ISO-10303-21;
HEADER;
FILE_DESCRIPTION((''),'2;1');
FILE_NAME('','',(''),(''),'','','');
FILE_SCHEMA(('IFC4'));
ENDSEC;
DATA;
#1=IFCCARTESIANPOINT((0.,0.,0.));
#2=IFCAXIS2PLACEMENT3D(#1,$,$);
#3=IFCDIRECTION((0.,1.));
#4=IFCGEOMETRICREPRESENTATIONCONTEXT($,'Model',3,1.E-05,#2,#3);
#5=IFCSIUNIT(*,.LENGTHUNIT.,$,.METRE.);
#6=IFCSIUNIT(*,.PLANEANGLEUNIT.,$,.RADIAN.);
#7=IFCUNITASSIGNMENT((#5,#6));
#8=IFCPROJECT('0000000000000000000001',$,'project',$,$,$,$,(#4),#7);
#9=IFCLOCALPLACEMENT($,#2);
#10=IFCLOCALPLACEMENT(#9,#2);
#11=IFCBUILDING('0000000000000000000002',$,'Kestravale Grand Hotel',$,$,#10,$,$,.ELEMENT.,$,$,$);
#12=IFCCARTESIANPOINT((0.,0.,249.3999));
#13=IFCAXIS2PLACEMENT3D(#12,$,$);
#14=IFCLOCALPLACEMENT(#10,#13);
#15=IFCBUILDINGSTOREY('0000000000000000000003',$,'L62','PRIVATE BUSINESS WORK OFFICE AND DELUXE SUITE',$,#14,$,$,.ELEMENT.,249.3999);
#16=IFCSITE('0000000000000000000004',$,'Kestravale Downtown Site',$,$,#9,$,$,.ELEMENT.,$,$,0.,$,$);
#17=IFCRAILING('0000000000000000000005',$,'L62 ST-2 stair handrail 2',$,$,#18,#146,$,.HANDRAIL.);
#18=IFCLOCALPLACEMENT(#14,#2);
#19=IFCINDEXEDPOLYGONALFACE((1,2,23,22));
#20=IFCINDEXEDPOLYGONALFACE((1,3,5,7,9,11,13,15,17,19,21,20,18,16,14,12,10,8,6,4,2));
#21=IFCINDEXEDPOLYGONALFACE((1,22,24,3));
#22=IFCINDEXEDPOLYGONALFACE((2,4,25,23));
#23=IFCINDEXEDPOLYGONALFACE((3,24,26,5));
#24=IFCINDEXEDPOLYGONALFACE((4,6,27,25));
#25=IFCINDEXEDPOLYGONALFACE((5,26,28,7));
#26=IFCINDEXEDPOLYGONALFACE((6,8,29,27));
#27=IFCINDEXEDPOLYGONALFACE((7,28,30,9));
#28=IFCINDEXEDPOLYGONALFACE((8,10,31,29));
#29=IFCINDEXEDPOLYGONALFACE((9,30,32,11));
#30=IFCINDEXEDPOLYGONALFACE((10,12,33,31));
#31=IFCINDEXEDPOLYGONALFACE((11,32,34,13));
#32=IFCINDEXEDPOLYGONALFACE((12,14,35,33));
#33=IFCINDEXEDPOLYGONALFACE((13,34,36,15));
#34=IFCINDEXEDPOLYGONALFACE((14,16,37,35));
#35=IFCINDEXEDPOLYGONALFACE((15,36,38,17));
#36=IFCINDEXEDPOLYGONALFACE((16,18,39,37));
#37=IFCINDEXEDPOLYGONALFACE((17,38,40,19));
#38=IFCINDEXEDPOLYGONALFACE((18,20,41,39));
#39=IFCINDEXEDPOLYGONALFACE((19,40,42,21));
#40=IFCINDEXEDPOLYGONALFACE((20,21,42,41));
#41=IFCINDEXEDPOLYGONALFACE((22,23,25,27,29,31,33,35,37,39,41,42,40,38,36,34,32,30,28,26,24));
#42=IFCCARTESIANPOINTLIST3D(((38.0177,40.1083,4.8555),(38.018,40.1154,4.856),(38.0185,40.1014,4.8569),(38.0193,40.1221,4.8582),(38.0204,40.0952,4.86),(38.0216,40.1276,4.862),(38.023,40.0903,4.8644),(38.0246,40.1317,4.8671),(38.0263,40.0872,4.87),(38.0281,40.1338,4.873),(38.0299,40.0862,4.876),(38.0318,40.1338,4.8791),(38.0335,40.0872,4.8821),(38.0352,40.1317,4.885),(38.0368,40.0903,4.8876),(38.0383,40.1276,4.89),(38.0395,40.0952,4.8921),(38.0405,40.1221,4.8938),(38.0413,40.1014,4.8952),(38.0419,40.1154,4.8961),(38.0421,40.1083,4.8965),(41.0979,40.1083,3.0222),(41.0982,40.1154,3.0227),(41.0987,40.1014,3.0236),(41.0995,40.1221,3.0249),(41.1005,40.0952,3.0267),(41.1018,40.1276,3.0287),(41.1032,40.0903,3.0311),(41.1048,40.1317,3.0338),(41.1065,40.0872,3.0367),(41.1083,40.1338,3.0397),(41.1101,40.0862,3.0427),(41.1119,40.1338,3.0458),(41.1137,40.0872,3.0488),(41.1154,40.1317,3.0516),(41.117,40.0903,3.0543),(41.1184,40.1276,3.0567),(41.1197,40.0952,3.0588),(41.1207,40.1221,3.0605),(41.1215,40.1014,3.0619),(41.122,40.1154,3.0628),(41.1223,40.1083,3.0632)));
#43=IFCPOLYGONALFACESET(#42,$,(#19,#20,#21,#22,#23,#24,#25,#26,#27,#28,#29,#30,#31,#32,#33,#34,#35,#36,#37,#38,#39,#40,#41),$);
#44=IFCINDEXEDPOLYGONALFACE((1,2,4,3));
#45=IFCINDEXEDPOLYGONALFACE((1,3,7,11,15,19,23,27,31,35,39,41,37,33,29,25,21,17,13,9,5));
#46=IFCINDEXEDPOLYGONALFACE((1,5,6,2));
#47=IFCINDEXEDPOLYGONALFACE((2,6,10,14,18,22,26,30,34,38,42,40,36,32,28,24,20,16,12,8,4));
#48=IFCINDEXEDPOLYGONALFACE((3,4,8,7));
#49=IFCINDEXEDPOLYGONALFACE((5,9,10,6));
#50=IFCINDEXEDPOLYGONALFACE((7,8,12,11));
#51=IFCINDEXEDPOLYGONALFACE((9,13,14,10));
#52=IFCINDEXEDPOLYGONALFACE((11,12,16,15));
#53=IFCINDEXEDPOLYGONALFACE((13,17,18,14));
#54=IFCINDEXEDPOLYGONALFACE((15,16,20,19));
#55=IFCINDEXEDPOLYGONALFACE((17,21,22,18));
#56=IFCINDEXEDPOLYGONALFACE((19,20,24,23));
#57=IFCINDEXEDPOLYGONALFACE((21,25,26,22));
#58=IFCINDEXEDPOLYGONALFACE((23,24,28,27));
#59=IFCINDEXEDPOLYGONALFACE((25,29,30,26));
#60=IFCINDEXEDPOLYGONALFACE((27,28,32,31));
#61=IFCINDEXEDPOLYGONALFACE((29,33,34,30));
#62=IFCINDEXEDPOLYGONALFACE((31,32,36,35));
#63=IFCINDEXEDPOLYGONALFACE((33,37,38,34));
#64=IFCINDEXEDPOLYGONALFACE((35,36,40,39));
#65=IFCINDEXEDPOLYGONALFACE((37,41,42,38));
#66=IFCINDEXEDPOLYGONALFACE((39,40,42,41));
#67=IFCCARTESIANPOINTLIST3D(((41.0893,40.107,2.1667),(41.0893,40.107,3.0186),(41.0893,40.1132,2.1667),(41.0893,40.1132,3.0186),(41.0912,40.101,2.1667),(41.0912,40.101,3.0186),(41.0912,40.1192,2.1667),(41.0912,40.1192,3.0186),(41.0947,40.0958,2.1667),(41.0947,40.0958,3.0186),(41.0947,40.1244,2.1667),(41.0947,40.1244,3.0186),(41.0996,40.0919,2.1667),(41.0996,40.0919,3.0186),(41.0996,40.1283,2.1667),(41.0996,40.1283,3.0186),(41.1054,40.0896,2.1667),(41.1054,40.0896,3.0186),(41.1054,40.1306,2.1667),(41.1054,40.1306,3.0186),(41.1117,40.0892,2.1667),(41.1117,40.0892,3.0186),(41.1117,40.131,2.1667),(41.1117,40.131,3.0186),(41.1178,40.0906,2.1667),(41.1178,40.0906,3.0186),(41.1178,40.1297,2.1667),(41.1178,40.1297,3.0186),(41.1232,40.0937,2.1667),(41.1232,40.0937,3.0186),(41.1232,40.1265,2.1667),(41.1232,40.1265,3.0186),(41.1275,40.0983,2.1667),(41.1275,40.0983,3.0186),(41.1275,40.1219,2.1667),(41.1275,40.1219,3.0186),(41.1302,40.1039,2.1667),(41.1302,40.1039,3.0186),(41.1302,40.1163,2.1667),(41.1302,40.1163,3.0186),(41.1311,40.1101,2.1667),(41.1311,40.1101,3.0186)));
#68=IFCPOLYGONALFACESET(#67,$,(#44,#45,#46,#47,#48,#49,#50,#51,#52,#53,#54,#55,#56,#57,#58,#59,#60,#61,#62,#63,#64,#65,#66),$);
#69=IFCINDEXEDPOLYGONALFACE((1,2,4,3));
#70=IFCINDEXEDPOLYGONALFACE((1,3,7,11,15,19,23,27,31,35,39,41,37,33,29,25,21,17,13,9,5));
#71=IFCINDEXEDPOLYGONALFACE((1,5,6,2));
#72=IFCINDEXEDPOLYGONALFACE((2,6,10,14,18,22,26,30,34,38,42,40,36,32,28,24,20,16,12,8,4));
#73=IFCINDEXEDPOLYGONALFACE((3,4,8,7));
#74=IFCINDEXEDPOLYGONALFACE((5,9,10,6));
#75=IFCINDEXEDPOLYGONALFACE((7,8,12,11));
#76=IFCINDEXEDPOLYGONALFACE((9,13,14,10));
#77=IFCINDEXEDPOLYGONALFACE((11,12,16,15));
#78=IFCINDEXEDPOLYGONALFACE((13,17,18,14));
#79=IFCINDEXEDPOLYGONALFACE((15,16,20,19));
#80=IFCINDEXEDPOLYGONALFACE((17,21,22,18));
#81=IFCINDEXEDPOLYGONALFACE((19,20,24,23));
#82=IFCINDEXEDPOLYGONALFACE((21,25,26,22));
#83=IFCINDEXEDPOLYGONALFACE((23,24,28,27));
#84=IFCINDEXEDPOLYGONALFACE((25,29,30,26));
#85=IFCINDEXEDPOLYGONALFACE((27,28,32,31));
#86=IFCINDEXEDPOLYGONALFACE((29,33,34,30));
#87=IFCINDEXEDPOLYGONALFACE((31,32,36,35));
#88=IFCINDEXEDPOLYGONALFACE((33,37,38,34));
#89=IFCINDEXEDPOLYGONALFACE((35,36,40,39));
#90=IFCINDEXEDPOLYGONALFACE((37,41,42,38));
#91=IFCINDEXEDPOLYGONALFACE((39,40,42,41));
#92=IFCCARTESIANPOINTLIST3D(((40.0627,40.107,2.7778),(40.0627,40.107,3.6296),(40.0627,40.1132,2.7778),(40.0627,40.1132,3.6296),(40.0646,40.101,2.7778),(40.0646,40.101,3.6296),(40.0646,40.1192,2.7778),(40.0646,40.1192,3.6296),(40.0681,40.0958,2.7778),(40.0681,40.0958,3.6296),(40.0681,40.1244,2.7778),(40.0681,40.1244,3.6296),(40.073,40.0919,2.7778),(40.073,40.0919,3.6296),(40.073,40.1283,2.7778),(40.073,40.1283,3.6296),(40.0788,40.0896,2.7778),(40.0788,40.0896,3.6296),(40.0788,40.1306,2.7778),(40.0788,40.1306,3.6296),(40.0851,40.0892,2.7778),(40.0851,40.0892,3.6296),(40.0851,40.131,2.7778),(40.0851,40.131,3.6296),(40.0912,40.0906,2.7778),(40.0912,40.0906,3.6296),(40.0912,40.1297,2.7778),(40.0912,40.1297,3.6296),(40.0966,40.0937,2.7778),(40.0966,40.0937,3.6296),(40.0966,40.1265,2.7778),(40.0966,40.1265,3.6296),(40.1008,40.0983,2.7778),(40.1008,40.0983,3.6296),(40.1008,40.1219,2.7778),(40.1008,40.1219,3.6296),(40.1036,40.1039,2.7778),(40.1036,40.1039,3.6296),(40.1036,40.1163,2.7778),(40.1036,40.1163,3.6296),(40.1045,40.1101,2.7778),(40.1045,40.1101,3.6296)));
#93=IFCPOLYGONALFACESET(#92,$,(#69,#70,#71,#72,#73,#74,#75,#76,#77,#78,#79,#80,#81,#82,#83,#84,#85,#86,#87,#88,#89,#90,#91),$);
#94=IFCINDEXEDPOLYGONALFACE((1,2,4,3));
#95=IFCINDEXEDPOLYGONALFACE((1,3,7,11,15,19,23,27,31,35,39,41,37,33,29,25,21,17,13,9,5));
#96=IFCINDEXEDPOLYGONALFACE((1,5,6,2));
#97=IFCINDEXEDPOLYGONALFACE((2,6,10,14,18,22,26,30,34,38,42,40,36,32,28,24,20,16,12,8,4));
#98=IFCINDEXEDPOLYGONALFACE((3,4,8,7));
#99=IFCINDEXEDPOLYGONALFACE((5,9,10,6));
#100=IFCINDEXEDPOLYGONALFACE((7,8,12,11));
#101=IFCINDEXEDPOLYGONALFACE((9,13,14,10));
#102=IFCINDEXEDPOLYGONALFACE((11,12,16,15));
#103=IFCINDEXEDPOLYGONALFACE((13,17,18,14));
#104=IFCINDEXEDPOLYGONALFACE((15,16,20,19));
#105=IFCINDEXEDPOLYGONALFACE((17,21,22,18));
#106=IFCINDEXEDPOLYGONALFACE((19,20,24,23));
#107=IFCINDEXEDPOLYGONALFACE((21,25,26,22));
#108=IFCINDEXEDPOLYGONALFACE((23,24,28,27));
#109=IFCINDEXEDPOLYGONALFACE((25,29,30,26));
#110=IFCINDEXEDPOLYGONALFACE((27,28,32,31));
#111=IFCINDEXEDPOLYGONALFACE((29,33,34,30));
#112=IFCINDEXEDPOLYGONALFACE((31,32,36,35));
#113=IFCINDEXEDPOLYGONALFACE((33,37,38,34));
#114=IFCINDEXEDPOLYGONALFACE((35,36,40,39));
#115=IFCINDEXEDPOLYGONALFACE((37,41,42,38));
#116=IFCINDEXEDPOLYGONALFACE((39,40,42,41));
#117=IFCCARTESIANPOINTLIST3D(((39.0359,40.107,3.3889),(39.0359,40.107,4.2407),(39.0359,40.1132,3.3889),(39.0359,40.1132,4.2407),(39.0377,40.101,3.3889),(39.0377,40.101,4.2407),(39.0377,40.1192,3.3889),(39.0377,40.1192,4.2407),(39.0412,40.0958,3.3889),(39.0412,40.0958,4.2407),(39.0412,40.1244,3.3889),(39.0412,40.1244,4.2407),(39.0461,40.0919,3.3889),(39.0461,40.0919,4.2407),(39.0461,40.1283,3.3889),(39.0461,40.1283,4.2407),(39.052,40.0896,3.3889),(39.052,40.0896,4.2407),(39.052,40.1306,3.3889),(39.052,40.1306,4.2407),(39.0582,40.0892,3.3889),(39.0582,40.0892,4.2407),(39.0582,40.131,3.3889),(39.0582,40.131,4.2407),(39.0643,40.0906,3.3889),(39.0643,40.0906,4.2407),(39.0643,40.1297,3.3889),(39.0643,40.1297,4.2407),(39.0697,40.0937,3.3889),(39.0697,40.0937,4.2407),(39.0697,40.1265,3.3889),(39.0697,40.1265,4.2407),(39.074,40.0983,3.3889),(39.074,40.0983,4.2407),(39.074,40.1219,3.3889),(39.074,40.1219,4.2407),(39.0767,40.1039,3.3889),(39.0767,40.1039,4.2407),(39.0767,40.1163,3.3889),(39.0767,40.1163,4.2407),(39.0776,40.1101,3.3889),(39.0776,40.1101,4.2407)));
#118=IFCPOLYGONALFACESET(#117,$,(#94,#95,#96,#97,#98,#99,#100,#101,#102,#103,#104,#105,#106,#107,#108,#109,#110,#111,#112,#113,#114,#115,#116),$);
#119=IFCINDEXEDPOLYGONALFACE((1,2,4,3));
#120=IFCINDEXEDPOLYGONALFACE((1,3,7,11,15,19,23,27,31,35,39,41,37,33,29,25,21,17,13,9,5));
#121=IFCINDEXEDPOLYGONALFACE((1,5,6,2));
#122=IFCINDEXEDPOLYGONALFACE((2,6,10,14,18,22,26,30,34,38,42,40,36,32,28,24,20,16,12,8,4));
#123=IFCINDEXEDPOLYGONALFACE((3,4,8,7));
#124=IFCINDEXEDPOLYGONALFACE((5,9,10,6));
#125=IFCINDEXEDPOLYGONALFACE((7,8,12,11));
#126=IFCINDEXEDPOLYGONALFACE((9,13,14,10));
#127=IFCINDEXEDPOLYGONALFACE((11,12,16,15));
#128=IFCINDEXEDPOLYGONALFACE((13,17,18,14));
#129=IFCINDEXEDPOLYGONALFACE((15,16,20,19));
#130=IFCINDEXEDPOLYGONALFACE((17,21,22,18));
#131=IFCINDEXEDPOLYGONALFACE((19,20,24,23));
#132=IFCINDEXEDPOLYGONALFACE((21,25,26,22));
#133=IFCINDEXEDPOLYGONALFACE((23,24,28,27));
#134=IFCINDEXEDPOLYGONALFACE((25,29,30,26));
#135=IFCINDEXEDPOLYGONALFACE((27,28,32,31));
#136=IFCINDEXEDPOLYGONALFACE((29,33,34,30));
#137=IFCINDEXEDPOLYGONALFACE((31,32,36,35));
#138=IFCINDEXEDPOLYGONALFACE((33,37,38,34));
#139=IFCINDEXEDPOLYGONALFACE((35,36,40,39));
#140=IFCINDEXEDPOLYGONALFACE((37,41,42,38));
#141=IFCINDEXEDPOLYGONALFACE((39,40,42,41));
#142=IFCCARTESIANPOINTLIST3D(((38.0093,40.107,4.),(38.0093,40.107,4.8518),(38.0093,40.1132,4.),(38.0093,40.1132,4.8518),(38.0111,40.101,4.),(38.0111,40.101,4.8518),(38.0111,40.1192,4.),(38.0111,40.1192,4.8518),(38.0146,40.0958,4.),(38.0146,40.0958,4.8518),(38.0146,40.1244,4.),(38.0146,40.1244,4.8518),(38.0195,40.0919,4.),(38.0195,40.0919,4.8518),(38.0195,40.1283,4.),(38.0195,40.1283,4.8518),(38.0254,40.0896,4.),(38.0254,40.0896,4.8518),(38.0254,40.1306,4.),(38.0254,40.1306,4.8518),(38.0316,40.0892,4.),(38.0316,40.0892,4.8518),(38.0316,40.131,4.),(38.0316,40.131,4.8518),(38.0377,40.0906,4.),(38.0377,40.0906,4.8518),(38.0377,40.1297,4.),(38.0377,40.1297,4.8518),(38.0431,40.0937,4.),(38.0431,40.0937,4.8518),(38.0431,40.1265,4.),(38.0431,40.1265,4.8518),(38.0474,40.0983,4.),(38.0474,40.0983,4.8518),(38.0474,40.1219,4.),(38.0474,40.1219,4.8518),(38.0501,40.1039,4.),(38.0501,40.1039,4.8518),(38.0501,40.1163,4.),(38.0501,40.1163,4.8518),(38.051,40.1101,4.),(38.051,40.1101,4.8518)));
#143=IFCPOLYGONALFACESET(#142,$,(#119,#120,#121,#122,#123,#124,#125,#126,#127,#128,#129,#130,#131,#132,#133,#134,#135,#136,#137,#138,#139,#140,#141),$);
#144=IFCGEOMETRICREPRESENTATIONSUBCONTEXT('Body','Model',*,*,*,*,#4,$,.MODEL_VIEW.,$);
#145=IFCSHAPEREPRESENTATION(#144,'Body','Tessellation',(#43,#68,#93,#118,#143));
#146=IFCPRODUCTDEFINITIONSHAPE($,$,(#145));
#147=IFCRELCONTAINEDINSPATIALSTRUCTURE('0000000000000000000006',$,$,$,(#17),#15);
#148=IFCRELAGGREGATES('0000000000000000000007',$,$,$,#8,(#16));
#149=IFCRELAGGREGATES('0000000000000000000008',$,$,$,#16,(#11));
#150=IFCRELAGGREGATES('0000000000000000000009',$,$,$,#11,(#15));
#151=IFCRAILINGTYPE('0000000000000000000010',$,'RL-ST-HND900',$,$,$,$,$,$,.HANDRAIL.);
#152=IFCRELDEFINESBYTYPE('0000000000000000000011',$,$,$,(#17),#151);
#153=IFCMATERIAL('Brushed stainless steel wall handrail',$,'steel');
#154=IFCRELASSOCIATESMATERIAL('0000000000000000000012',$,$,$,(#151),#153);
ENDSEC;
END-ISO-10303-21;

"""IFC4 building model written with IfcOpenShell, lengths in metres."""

from ifc_helpers import new_model, si_unit, direction, frame, origin, origin_2d, place, context, subcontext, project, spatial, circle, extrude, material, type_object, element, save


model = new_model("IFC4")

# Units and contexts
model_context = context("Model", 3, precision=1e-05, world=origin(), true_north=direction((0.0, 1.0)))
body_context = subcontext(model_context, "Body", "Model", "MODEL_VIEW")
ifc_project = project(units=[si_unit("LENGTHUNIT", "METRE"), si_unit("PLANEANGLEUNIT", "RADIAN")], contexts=[model_context])

# Site, building, storey
site_placement = place(None, origin())
site = spatial("IfcSite", under=ifc_project, at=site_placement, Name="Kestravale Downtown Site", CompositionType="ELEMENT", RefElevation=0.0)
building_placement = place(site_placement, origin())
building = spatial("IfcBuilding", under=site, at=building_placement, Name="Kestravale Grand Hotel", CompositionType="ELEMENT")
storey_placement = place(building_placement, frame((0.0, 0.0, 249.3999)))
storey = spatial("IfcBuildingStorey", under=building, at=storey_placement, Name="L62", Description="PRIVATE BUSINESS WORK OFFICE AND DELUXE SUITE", CompositionType="ELEMENT", Elevation=249.3999)

# Railing
ifc_material_1 = material(Name="Brushed stainless steel wall handrail", Category="steel")
railing_type_1 = type_object("IfcRailingType", Name="RL-ST-HND900", PredefinedType="HANDRAIL", material=ifc_material_1)
railing_1_placement = place(storey_placement, frame((41.1101, 40.1101, 2.1667)))
element("IfcRailing", 1, at=railing_1_placement, inside=storey, type_object=railing_type_1, Name="L62 ST-2 stair handrail 2", PredefinedType="HANDRAIL", context=body_context, shape_type="SweptSolid", body=[
    extrude(circle(Radius=0.0239, at=origin_2d()), frame((0.0, 0.0, 0.876), z_axis=(-0.859309, 0.0, 0.511458), x_axis=(0.0, -1.0, 0.0)), (0.0, 0.0, 1.0), 3.5845),
    extrude(circle(Radius=0.021, at=origin_2d()), origin(), (0.0, 0.0, 1.0), 0.8518),
    extrude(circle(Radius=0.021, at=origin_2d()), frame((-1.0266, 0.0, 0.6111)), (0.0, 0.0, 1.0), 0.8518),
    extrude(circle(Radius=0.021, at=origin_2d()), frame((-2.0535, 0.0, 1.2222)), (0.0, 0.0, 1.0), 0.8518),
    extrude(circle(Radius=0.021, at=origin_2d()), frame((-3.0801, 0.0, 1.8333)), (0.0, 0.0, 1.0), 0.8518),
])

save(model, "model.ifc")
